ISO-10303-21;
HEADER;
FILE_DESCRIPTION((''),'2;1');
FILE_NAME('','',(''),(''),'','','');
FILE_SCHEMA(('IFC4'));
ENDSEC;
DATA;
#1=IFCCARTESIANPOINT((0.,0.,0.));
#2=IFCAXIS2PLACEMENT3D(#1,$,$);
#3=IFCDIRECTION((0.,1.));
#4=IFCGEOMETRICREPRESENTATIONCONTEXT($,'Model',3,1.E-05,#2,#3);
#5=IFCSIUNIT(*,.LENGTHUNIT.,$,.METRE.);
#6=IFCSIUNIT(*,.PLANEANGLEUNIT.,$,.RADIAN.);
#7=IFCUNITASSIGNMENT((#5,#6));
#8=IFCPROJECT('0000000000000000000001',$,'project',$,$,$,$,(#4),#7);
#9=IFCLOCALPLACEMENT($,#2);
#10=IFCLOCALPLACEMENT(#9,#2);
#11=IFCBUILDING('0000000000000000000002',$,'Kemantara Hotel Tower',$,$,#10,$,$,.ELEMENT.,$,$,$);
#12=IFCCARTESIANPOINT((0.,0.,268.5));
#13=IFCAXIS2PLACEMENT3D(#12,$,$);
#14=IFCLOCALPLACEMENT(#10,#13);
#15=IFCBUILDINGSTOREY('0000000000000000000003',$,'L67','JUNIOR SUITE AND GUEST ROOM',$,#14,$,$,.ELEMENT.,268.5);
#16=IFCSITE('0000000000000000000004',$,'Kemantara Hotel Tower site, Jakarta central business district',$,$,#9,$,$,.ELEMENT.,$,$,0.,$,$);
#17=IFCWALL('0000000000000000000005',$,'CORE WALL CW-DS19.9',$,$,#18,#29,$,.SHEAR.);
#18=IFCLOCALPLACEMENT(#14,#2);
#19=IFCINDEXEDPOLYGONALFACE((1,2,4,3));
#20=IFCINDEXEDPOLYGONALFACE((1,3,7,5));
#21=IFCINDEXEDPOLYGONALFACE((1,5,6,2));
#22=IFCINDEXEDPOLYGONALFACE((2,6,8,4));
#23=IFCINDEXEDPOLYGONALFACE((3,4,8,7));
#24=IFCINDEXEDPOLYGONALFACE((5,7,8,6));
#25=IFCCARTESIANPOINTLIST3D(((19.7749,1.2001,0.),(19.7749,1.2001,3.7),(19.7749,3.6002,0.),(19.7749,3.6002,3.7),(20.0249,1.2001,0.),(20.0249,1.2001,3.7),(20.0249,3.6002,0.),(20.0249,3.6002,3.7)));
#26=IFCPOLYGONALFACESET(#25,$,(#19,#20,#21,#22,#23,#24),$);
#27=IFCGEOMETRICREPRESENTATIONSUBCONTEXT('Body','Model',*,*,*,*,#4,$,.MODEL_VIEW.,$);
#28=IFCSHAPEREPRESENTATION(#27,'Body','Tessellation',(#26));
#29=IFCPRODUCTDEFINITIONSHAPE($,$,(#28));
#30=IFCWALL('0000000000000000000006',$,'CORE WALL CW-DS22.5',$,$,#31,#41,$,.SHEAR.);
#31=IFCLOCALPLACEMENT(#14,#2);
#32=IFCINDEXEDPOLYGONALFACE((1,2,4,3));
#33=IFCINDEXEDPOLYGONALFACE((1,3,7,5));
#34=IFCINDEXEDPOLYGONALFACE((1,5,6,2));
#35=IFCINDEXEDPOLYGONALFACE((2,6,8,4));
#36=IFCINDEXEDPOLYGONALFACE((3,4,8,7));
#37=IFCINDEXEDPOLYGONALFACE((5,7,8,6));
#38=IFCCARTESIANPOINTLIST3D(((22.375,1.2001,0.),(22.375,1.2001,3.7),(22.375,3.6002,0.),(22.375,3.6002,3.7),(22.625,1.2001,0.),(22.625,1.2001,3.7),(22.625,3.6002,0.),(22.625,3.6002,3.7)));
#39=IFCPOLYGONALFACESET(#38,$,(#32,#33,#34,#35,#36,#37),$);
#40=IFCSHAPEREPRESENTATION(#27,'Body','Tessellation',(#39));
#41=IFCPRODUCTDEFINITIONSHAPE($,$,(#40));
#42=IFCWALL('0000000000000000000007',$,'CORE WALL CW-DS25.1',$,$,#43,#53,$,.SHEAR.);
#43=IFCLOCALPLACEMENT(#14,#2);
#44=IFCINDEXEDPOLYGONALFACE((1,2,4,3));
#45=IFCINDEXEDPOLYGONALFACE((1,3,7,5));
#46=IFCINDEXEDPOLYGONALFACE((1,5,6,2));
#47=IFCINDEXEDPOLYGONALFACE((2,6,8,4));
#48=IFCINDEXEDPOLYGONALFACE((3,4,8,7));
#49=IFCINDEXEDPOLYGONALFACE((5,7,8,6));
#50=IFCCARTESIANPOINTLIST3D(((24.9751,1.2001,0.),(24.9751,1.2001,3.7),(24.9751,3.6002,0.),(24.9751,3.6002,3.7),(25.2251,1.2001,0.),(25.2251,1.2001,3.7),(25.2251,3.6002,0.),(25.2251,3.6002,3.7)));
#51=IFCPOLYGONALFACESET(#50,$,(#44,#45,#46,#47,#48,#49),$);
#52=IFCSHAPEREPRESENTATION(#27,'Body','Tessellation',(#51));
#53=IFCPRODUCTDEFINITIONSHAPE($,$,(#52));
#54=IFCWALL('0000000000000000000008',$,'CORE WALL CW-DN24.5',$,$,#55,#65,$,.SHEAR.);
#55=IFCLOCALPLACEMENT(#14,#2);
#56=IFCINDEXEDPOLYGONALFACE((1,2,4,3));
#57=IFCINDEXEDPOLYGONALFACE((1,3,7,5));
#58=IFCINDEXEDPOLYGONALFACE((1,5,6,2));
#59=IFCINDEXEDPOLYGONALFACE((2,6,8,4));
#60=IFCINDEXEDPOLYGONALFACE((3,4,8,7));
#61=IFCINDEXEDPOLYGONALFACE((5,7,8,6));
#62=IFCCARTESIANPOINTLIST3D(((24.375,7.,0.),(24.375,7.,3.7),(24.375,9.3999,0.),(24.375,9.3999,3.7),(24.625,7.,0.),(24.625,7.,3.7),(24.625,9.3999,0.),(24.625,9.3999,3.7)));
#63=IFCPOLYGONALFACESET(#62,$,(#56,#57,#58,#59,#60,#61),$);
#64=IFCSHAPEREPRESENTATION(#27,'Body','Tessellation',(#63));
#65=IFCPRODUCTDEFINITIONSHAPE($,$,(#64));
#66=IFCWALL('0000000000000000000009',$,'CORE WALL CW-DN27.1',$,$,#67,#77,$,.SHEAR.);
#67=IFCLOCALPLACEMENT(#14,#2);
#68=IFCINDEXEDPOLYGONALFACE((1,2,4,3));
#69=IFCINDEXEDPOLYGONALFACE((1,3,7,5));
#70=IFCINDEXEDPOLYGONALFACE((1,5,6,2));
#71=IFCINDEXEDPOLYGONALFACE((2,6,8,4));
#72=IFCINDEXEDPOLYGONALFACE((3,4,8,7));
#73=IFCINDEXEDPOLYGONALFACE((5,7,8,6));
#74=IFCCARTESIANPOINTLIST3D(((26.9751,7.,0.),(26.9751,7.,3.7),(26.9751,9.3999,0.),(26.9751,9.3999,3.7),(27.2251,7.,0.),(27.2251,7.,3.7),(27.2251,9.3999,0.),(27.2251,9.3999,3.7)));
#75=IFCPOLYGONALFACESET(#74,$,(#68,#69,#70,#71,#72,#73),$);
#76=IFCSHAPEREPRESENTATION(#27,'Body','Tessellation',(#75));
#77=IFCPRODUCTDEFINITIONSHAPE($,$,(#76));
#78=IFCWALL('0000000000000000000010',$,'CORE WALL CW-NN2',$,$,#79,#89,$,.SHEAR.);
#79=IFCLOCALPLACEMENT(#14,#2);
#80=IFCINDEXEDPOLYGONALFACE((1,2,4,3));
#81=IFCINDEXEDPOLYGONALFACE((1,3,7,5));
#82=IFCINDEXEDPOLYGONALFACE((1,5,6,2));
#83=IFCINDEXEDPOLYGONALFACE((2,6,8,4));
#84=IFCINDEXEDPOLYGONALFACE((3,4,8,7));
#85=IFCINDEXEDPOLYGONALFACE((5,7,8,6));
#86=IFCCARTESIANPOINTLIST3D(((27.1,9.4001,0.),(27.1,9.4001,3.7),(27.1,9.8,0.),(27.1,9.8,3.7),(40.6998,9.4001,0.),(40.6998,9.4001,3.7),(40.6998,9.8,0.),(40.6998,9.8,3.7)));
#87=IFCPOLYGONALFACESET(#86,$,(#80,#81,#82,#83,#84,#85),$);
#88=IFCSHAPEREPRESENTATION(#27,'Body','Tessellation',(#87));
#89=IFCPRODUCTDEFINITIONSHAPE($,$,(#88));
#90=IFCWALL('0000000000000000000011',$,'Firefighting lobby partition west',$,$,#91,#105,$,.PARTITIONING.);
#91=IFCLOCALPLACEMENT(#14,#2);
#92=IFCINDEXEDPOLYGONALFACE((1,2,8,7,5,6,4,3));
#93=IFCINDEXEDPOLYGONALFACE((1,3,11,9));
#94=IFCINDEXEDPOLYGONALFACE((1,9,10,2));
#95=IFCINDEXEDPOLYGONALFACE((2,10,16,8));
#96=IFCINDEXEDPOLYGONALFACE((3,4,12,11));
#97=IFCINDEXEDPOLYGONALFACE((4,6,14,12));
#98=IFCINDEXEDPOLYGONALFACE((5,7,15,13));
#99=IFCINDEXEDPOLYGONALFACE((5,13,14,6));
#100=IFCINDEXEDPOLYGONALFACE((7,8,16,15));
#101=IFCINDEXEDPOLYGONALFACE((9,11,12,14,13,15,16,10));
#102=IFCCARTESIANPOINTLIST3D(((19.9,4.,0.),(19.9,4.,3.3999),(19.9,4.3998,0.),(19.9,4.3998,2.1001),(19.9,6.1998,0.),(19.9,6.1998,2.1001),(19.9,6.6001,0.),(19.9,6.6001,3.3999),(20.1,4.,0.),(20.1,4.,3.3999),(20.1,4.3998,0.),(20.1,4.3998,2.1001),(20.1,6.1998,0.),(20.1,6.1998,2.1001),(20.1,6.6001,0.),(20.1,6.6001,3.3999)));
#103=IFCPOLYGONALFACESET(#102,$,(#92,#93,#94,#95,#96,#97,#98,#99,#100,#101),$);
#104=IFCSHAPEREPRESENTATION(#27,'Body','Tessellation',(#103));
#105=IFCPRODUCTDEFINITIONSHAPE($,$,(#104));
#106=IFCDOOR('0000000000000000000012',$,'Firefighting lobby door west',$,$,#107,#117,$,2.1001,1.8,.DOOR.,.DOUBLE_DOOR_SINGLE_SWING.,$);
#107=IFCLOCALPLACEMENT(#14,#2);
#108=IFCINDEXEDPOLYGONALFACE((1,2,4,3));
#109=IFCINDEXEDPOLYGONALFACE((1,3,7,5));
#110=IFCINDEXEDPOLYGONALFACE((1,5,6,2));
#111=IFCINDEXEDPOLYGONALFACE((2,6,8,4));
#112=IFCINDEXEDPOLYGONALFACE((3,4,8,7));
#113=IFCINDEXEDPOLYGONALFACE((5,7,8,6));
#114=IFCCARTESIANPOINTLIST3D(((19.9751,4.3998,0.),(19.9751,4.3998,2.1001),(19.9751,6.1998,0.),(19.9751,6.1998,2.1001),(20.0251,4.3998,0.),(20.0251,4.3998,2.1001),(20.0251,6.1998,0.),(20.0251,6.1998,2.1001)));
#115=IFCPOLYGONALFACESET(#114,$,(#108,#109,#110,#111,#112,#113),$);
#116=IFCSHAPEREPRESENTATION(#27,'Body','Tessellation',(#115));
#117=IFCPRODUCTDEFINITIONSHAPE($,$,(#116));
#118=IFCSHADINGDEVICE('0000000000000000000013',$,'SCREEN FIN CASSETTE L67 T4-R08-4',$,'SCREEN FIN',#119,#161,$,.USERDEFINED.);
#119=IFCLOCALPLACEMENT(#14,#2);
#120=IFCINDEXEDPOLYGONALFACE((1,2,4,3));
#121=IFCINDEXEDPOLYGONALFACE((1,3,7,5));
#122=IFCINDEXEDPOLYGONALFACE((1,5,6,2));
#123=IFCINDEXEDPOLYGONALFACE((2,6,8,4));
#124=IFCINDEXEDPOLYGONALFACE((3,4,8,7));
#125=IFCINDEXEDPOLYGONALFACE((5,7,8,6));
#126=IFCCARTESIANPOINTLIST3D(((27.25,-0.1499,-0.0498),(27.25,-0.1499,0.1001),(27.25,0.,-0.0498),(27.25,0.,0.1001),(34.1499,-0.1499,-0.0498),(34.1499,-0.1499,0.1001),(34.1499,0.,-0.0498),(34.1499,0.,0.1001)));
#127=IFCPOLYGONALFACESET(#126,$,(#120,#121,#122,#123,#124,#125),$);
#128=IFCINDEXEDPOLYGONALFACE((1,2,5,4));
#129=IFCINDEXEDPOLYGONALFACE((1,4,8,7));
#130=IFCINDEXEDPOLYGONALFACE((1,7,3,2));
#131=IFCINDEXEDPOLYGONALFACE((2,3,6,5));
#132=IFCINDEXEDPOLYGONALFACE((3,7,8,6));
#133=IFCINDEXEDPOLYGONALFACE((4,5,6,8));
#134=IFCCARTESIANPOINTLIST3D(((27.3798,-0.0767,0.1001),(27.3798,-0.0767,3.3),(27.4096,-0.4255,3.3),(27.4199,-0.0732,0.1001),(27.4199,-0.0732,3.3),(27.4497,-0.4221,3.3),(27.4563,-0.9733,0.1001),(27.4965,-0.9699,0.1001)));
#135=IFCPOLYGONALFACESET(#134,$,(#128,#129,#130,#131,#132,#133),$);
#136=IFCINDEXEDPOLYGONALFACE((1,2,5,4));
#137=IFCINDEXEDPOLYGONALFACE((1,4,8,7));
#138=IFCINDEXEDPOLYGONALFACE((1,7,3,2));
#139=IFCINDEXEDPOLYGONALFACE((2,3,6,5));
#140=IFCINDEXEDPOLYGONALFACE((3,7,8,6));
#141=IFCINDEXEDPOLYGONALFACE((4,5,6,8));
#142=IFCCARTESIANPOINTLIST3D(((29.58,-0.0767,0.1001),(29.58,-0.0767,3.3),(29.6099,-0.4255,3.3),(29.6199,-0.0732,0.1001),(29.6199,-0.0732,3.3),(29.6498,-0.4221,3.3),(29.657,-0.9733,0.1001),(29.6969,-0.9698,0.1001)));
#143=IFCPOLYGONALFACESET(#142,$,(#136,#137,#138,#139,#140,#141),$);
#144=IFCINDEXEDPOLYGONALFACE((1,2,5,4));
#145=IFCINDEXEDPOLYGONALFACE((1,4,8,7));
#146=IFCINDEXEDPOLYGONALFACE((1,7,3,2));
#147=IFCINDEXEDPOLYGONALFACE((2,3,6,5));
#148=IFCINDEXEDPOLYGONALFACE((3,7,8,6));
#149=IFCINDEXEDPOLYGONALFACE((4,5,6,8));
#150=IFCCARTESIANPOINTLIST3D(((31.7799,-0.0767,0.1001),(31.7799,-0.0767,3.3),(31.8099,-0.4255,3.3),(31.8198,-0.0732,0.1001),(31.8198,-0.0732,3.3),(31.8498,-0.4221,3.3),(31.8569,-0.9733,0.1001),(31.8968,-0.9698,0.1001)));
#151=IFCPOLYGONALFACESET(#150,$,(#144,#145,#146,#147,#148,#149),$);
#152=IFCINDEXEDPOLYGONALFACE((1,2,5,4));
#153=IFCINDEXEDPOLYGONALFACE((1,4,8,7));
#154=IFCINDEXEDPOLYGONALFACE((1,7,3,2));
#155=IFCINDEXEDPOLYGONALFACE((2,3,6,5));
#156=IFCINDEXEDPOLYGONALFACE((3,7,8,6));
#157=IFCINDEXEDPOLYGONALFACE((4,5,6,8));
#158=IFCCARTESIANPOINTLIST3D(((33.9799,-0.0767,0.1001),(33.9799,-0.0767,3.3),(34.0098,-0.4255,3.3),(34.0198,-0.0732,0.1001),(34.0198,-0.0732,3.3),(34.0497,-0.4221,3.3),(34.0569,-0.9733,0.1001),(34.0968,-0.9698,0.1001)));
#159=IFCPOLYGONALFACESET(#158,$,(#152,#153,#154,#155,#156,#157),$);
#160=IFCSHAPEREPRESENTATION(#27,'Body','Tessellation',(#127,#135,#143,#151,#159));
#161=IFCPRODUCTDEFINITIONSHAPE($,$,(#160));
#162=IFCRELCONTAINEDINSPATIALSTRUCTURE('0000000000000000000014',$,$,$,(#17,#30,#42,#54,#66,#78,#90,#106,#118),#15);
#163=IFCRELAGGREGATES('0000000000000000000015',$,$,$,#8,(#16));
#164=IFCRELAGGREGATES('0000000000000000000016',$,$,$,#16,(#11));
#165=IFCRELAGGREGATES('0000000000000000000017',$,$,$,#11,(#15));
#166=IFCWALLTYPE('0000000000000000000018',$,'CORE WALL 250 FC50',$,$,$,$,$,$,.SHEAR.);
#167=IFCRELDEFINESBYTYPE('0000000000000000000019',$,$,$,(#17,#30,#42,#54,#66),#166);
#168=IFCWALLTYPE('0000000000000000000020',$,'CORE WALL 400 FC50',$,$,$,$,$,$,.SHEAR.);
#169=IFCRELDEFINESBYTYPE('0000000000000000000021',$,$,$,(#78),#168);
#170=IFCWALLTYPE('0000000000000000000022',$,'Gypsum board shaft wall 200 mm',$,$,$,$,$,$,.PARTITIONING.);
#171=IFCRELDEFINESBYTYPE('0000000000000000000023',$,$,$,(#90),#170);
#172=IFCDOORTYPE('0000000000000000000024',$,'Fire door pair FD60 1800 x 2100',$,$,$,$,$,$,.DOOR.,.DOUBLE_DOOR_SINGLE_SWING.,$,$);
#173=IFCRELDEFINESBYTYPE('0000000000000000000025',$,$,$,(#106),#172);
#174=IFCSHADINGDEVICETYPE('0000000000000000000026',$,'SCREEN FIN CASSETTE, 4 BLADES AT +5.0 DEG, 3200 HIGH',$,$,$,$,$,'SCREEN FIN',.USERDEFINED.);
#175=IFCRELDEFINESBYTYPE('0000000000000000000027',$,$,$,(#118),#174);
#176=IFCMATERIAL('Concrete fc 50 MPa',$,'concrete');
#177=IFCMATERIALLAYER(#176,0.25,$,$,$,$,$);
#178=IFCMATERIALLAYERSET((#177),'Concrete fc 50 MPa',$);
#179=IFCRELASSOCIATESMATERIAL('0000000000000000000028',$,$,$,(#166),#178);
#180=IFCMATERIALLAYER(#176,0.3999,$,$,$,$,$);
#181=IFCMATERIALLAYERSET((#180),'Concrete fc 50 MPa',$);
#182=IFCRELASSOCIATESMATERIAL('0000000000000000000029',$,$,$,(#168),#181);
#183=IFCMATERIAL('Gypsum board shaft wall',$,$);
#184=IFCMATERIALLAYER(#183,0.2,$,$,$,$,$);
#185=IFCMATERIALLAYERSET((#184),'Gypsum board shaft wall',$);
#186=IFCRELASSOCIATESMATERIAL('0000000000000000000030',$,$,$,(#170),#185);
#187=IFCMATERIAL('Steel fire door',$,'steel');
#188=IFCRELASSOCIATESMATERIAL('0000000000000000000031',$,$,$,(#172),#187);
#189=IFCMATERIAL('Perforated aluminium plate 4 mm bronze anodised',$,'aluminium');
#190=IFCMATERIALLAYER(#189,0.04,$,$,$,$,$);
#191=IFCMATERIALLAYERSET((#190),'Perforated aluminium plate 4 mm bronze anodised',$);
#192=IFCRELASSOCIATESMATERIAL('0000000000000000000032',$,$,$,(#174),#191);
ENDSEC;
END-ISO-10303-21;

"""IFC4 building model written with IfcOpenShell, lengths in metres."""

from ifc_helpers import new_model, si_unit, direction, frame, frame_2d, origin, origin_2d, place, context, subcontext, project, spatial, polyline, rectangle, outline, extrude, source, transform, mapped, material, layer, layer_set, type_object, element, fill, save


model = new_model("IFC4")

# Units and contexts
model_context = context("Model", 3, precision=1e-05, world=origin(), true_north=direction((0.0, 1.0)))
body_context = subcontext(model_context, "Body", "Model", "MODEL_VIEW")
ifc_project = project(units=[si_unit("LENGTHUNIT", "METRE"), si_unit("PLANEANGLEUNIT", "RADIAN")], contexts=[model_context])

# Site, building, storey
site_placement = place(None, origin())
site = spatial("IfcSite", under=ifc_project, at=site_placement, Name="Kemantara Hotel Tower site, Jakarta central business district", CompositionType="ELEMENT", RefElevation=0.0)
building_placement = place(site_placement, origin())
building = spatial("IfcBuilding", under=site, at=building_placement, Name="Kemantara Hotel Tower", CompositionType="ELEMENT")
storey_placement = place(building_placement, frame((0.0, 0.0, 268.5)))
storey = spatial("IfcBuildingStorey", under=building, at=storey_placement, Name="L67", Description="JUNIOR SUITE AND GUEST ROOM", CompositionType="ELEMENT", Elevation=268.5)

# Walls
ifc_material_1 = material(Name="Concrete fc 50 MPa", Category="concrete")
ifc_layer_1 = layer(ifc_material_1, 0.25)
ifc_layer_set_1 = layer_set([ifc_layer_1], Name="Concrete fc 50 MPa")
wall_type_1 = type_object("IfcWallType", Name="CORE WALL 250 FC50", PredefinedType="SHEAR", material=ifc_layer_set_1)
for number, where, z_axis, x_axis, name in (
    (1, (19.8999, 1.2, 0.0), (0.0, 0.0, 1.0), (0.0, 1.0, 0.0), "CORE WALL CW-DS19.9"),
    (2, (22.5, 1.2, 0.0), (0.0, 0.0, 1.0), (0.0, 1.0, 0.0), "CORE WALL CW-DS22.5"),
    (3, (25.1001, 1.2, 0.0), (0.0, 0.0, 1.0), (0.0, 1.0, 0.0), "CORE WALL CW-DS25.1"),
):
    element("IfcWall", number, at=place(storey_placement, frame(where, z_axis=z_axis, x_axis=x_axis)), inside=storey, type_object=wall_type_1, Name=name, PredefinedType="SHEAR", context=body_context, shape_type="SweptSolid", body=[
        extrude(rectangle(XDim=2.4001, YDim=0.25, at=frame_2d((1.2002, 0.0))), origin(), (0.0, 0.0, 1.0), 3.7),
    ])
for number, where, z_axis, x_axis, name in (
    (4, (24.5, 7.0, 0.0), (0.0, 0.0, 1.0), (0.0, 1.0, 0.0), "CORE WALL CW-DN24.5"),
    (5, (27.1001, 7.0, 0.0), (0.0, 0.0, 1.0), (0.0, 1.0, 0.0), "CORE WALL CW-DN27.1"),
):
    element("IfcWall", number, at=place(storey_placement, frame(where, z_axis=z_axis, x_axis=x_axis)), inside=storey, type_object=wall_type_1, Name=name, PredefinedType="SHEAR", context=body_context, shape_type="SweptSolid", body=[
        extrude(rectangle(XDim=2.3999, YDim=0.25, at=frame_2d((1.2, 0.0))), origin(), (0.0, 0.0, 1.0), 3.7),
    ])
ifc_layer_2 = layer(ifc_material_1, 0.3999)
ifc_layer_set_2 = layer_set([ifc_layer_2], Name="Concrete fc 50 MPa")
wall_type_2 = type_object("IfcWallType", Name="CORE WALL 400 FC50", PredefinedType="SHEAR", material=ifc_layer_set_2)
wall_1_placement = place(storey_placement, frame((27.1001, 9.6001, 0.0), z_axis=(0.0, 0.0, 1.0), x_axis=(1.0, 0.0, 0.0)))
element("IfcWall", 6, at=wall_1_placement, inside=storey, type_object=wall_type_2, Name="CORE WALL CW-NN2", PredefinedType="SHEAR", context=body_context, shape_type="SweptSolid", body=[
    extrude(rectangle(XDim=13.5999, YDim=0.3999, at=frame_2d((6.7998, 0.0))), origin(), (0.0, 0.0, 1.0), 3.7),
])

# Wall, opening, door
ifc_material_2 = material(Name="Gypsum board shaft wall")
ifc_layer_3 = layer(ifc_material_2, 0.2)
ifc_layer_set_3 = layer_set([ifc_layer_3], Name="Gypsum board shaft wall")
wall_type_3 = type_object("IfcWallType", Name="Gypsum board shaft wall 200 mm", PredefinedType="PARTITIONING", material=ifc_layer_set_3)
wall_2_placement = place(storey_placement, frame((20.0, 4.0, 0.0), z_axis=(0.0, 0.0, 1.0), x_axis=(0.0, 1.0, 0.0)))
wall_2 = element("IfcWall", 7, at=wall_2_placement, inside=storey, type_object=wall_type_3, Name="Firefighting lobby partition west", PredefinedType="PARTITIONING", context=body_context, shape_type="SweptSolid", body=[
    extrude(rectangle(XDim=2.6001, YDim=0.2, at=frame_2d((1.3, 0.0))), origin(), (0.0, 0.0, 1.0), 3.3999),
])
opening_placement = place(wall_2_placement, frame((0.3999, 0.0, 0.0)))
opening = element("IfcOpeningElement", 8, at=opening_placement, cuts=wall_2, PredefinedType="OPENING", context=body_context, shape_type="SweptSolid", body=[
    extrude(rectangle(XDim=1.8, YDim=2.1001, at=frame_2d((0.8999, 1.05))), frame((0.0, 0.1099, 0.0), z_axis=(0.0, -1.0, 0.0), x_axis=(1.0, 0.0, 0.0)), (0.0, 0.0, 1.0), 0.22),
])
ifc_material_3 = material(Name="Steel fire door", Category="steel")
door_type = type_object("IfcDoorType", Name="Fire door pair FD60 1800 x 2100", OperationType="DOUBLE_DOOR_SINGLE_SWING", PredefinedType="DOOR", material=ifc_material_3)
door_placement = place(opening_placement, origin())
door = element("IfcDoor", 9, at=door_placement, inside=storey, type_object=door_type, Name="Firefighting lobby door west", OperationType="DOUBLE_DOOR_SINGLE_SWING", OverallHeight=2.1001, OverallWidth=1.8, PredefinedType="DOOR", context=body_context, shape_type="SweptSolid", body=[
    extrude(rectangle(XDim=1.8, YDim=2.1001, at=frame_2d((0.8999, 1.05))), frame((0.0, 0.0249, 0.0), z_axis=(0.0, -1.0, 0.0), x_axis=(1.0, 0.0, 0.0)), (0.0, 0.0, 1.0), 0.05),
])
fill(opening, door)

# Shading device
ifc_material_4 = material(Name="Perforated aluminium plate 4 mm bronze anodised", Category="aluminium")
ifc_layer_4 = layer(ifc_material_4, 0.04)
ifc_layer_set_4 = layer_set([ifc_layer_4], Name="Perforated aluminium plate 4 mm bronze anodised")
shading_device_type = type_object("IfcShadingDeviceType", Name="SCREEN FIN CASSETTE, 4 BLADES AT +5.0 DEG, 3200 HIGH", ElementType="SCREEN FIN", PredefinedType="USERDEFINED", material=ifc_layer_set_4)
shared_shape = source(origin(), body_context, "Body", "SweptSolid", [
    extrude(rectangle(XDim=6.8999, YDim=0.1499, at=origin_2d()), frame((3.3, -0.075, -0.1499), z_axis=(0.0, 0.0, 1.0), x_axis=(1.0, 0.0, 0.0)), (0.0, 0.0, 1.0), 0.1499),
    extrude(outline(polyline([(0.0, 0.0), (0.8999, 0.0), (0.3501, 3.2), (0.0, 3.2), (0.0, 0.0)])), frame((0.02, -0.0732, 0.0), z_axis=(-0.996376, -0.085056, 0.0), x_axis=(0.085056, -0.996376, 0.0)), (0.0, 0.0, 1.0), 0.0403),
    extrude(outline(polyline([(0.0, 0.0), (0.8999, 0.0), (0.3501, 3.2), (0.0, 3.2), (0.0, 0.0)])), frame((2.22, -0.0732, 0.0), z_axis=(-0.996332, -0.085575, 0.0), x_axis=(0.085575, -0.996332, 0.0)), (0.0, 0.0, 1.0), 0.04),
    extrude(outline(polyline([(0.0, 0.0), (0.8999, 0.0), (0.3501, 3.2), (0.0, 3.2), (0.0, 0.0)])), frame((4.4199, -0.0732, 0.0), z_axis=(-0.996332, -0.085575, 0.0), x_axis=(0.085575, -0.996332, 0.0)), (0.0, 0.0, 1.0), 0.04),
    extrude(outline(polyline([(0.0, 0.0), (0.8999, 0.0), (0.3501, 3.2), (0.0, 3.2), (0.0, 0.0)])), frame((6.6199, -0.0732, 0.0), z_axis=(-0.996332, -0.085575, 0.0), x_axis=(0.085575, -0.996332, 0.0)), (0.0, 0.0, 1.0), 0.04),
])
shading_device_placement = place(storey_placement, frame((27.3999, 0.0, 0.1001), z_axis=(0.0, 0.0, 1.0), x_axis=(1.0, 0.0, 0.0)))
element("IfcShadingDevice", 10, at=shading_device_placement, inside=storey, type_object=shading_device_type, Name="SCREEN FIN CASSETTE L67 T4-R08-4", ObjectType="SCREEN FIN", PredefinedType="USERDEFINED", context=body_context, shape_type="MappedRepresentation", body=[
    mapped(shared_shape, transform((0.0, 0.0, 0.0))),
])

save(model, "model.ifc")
